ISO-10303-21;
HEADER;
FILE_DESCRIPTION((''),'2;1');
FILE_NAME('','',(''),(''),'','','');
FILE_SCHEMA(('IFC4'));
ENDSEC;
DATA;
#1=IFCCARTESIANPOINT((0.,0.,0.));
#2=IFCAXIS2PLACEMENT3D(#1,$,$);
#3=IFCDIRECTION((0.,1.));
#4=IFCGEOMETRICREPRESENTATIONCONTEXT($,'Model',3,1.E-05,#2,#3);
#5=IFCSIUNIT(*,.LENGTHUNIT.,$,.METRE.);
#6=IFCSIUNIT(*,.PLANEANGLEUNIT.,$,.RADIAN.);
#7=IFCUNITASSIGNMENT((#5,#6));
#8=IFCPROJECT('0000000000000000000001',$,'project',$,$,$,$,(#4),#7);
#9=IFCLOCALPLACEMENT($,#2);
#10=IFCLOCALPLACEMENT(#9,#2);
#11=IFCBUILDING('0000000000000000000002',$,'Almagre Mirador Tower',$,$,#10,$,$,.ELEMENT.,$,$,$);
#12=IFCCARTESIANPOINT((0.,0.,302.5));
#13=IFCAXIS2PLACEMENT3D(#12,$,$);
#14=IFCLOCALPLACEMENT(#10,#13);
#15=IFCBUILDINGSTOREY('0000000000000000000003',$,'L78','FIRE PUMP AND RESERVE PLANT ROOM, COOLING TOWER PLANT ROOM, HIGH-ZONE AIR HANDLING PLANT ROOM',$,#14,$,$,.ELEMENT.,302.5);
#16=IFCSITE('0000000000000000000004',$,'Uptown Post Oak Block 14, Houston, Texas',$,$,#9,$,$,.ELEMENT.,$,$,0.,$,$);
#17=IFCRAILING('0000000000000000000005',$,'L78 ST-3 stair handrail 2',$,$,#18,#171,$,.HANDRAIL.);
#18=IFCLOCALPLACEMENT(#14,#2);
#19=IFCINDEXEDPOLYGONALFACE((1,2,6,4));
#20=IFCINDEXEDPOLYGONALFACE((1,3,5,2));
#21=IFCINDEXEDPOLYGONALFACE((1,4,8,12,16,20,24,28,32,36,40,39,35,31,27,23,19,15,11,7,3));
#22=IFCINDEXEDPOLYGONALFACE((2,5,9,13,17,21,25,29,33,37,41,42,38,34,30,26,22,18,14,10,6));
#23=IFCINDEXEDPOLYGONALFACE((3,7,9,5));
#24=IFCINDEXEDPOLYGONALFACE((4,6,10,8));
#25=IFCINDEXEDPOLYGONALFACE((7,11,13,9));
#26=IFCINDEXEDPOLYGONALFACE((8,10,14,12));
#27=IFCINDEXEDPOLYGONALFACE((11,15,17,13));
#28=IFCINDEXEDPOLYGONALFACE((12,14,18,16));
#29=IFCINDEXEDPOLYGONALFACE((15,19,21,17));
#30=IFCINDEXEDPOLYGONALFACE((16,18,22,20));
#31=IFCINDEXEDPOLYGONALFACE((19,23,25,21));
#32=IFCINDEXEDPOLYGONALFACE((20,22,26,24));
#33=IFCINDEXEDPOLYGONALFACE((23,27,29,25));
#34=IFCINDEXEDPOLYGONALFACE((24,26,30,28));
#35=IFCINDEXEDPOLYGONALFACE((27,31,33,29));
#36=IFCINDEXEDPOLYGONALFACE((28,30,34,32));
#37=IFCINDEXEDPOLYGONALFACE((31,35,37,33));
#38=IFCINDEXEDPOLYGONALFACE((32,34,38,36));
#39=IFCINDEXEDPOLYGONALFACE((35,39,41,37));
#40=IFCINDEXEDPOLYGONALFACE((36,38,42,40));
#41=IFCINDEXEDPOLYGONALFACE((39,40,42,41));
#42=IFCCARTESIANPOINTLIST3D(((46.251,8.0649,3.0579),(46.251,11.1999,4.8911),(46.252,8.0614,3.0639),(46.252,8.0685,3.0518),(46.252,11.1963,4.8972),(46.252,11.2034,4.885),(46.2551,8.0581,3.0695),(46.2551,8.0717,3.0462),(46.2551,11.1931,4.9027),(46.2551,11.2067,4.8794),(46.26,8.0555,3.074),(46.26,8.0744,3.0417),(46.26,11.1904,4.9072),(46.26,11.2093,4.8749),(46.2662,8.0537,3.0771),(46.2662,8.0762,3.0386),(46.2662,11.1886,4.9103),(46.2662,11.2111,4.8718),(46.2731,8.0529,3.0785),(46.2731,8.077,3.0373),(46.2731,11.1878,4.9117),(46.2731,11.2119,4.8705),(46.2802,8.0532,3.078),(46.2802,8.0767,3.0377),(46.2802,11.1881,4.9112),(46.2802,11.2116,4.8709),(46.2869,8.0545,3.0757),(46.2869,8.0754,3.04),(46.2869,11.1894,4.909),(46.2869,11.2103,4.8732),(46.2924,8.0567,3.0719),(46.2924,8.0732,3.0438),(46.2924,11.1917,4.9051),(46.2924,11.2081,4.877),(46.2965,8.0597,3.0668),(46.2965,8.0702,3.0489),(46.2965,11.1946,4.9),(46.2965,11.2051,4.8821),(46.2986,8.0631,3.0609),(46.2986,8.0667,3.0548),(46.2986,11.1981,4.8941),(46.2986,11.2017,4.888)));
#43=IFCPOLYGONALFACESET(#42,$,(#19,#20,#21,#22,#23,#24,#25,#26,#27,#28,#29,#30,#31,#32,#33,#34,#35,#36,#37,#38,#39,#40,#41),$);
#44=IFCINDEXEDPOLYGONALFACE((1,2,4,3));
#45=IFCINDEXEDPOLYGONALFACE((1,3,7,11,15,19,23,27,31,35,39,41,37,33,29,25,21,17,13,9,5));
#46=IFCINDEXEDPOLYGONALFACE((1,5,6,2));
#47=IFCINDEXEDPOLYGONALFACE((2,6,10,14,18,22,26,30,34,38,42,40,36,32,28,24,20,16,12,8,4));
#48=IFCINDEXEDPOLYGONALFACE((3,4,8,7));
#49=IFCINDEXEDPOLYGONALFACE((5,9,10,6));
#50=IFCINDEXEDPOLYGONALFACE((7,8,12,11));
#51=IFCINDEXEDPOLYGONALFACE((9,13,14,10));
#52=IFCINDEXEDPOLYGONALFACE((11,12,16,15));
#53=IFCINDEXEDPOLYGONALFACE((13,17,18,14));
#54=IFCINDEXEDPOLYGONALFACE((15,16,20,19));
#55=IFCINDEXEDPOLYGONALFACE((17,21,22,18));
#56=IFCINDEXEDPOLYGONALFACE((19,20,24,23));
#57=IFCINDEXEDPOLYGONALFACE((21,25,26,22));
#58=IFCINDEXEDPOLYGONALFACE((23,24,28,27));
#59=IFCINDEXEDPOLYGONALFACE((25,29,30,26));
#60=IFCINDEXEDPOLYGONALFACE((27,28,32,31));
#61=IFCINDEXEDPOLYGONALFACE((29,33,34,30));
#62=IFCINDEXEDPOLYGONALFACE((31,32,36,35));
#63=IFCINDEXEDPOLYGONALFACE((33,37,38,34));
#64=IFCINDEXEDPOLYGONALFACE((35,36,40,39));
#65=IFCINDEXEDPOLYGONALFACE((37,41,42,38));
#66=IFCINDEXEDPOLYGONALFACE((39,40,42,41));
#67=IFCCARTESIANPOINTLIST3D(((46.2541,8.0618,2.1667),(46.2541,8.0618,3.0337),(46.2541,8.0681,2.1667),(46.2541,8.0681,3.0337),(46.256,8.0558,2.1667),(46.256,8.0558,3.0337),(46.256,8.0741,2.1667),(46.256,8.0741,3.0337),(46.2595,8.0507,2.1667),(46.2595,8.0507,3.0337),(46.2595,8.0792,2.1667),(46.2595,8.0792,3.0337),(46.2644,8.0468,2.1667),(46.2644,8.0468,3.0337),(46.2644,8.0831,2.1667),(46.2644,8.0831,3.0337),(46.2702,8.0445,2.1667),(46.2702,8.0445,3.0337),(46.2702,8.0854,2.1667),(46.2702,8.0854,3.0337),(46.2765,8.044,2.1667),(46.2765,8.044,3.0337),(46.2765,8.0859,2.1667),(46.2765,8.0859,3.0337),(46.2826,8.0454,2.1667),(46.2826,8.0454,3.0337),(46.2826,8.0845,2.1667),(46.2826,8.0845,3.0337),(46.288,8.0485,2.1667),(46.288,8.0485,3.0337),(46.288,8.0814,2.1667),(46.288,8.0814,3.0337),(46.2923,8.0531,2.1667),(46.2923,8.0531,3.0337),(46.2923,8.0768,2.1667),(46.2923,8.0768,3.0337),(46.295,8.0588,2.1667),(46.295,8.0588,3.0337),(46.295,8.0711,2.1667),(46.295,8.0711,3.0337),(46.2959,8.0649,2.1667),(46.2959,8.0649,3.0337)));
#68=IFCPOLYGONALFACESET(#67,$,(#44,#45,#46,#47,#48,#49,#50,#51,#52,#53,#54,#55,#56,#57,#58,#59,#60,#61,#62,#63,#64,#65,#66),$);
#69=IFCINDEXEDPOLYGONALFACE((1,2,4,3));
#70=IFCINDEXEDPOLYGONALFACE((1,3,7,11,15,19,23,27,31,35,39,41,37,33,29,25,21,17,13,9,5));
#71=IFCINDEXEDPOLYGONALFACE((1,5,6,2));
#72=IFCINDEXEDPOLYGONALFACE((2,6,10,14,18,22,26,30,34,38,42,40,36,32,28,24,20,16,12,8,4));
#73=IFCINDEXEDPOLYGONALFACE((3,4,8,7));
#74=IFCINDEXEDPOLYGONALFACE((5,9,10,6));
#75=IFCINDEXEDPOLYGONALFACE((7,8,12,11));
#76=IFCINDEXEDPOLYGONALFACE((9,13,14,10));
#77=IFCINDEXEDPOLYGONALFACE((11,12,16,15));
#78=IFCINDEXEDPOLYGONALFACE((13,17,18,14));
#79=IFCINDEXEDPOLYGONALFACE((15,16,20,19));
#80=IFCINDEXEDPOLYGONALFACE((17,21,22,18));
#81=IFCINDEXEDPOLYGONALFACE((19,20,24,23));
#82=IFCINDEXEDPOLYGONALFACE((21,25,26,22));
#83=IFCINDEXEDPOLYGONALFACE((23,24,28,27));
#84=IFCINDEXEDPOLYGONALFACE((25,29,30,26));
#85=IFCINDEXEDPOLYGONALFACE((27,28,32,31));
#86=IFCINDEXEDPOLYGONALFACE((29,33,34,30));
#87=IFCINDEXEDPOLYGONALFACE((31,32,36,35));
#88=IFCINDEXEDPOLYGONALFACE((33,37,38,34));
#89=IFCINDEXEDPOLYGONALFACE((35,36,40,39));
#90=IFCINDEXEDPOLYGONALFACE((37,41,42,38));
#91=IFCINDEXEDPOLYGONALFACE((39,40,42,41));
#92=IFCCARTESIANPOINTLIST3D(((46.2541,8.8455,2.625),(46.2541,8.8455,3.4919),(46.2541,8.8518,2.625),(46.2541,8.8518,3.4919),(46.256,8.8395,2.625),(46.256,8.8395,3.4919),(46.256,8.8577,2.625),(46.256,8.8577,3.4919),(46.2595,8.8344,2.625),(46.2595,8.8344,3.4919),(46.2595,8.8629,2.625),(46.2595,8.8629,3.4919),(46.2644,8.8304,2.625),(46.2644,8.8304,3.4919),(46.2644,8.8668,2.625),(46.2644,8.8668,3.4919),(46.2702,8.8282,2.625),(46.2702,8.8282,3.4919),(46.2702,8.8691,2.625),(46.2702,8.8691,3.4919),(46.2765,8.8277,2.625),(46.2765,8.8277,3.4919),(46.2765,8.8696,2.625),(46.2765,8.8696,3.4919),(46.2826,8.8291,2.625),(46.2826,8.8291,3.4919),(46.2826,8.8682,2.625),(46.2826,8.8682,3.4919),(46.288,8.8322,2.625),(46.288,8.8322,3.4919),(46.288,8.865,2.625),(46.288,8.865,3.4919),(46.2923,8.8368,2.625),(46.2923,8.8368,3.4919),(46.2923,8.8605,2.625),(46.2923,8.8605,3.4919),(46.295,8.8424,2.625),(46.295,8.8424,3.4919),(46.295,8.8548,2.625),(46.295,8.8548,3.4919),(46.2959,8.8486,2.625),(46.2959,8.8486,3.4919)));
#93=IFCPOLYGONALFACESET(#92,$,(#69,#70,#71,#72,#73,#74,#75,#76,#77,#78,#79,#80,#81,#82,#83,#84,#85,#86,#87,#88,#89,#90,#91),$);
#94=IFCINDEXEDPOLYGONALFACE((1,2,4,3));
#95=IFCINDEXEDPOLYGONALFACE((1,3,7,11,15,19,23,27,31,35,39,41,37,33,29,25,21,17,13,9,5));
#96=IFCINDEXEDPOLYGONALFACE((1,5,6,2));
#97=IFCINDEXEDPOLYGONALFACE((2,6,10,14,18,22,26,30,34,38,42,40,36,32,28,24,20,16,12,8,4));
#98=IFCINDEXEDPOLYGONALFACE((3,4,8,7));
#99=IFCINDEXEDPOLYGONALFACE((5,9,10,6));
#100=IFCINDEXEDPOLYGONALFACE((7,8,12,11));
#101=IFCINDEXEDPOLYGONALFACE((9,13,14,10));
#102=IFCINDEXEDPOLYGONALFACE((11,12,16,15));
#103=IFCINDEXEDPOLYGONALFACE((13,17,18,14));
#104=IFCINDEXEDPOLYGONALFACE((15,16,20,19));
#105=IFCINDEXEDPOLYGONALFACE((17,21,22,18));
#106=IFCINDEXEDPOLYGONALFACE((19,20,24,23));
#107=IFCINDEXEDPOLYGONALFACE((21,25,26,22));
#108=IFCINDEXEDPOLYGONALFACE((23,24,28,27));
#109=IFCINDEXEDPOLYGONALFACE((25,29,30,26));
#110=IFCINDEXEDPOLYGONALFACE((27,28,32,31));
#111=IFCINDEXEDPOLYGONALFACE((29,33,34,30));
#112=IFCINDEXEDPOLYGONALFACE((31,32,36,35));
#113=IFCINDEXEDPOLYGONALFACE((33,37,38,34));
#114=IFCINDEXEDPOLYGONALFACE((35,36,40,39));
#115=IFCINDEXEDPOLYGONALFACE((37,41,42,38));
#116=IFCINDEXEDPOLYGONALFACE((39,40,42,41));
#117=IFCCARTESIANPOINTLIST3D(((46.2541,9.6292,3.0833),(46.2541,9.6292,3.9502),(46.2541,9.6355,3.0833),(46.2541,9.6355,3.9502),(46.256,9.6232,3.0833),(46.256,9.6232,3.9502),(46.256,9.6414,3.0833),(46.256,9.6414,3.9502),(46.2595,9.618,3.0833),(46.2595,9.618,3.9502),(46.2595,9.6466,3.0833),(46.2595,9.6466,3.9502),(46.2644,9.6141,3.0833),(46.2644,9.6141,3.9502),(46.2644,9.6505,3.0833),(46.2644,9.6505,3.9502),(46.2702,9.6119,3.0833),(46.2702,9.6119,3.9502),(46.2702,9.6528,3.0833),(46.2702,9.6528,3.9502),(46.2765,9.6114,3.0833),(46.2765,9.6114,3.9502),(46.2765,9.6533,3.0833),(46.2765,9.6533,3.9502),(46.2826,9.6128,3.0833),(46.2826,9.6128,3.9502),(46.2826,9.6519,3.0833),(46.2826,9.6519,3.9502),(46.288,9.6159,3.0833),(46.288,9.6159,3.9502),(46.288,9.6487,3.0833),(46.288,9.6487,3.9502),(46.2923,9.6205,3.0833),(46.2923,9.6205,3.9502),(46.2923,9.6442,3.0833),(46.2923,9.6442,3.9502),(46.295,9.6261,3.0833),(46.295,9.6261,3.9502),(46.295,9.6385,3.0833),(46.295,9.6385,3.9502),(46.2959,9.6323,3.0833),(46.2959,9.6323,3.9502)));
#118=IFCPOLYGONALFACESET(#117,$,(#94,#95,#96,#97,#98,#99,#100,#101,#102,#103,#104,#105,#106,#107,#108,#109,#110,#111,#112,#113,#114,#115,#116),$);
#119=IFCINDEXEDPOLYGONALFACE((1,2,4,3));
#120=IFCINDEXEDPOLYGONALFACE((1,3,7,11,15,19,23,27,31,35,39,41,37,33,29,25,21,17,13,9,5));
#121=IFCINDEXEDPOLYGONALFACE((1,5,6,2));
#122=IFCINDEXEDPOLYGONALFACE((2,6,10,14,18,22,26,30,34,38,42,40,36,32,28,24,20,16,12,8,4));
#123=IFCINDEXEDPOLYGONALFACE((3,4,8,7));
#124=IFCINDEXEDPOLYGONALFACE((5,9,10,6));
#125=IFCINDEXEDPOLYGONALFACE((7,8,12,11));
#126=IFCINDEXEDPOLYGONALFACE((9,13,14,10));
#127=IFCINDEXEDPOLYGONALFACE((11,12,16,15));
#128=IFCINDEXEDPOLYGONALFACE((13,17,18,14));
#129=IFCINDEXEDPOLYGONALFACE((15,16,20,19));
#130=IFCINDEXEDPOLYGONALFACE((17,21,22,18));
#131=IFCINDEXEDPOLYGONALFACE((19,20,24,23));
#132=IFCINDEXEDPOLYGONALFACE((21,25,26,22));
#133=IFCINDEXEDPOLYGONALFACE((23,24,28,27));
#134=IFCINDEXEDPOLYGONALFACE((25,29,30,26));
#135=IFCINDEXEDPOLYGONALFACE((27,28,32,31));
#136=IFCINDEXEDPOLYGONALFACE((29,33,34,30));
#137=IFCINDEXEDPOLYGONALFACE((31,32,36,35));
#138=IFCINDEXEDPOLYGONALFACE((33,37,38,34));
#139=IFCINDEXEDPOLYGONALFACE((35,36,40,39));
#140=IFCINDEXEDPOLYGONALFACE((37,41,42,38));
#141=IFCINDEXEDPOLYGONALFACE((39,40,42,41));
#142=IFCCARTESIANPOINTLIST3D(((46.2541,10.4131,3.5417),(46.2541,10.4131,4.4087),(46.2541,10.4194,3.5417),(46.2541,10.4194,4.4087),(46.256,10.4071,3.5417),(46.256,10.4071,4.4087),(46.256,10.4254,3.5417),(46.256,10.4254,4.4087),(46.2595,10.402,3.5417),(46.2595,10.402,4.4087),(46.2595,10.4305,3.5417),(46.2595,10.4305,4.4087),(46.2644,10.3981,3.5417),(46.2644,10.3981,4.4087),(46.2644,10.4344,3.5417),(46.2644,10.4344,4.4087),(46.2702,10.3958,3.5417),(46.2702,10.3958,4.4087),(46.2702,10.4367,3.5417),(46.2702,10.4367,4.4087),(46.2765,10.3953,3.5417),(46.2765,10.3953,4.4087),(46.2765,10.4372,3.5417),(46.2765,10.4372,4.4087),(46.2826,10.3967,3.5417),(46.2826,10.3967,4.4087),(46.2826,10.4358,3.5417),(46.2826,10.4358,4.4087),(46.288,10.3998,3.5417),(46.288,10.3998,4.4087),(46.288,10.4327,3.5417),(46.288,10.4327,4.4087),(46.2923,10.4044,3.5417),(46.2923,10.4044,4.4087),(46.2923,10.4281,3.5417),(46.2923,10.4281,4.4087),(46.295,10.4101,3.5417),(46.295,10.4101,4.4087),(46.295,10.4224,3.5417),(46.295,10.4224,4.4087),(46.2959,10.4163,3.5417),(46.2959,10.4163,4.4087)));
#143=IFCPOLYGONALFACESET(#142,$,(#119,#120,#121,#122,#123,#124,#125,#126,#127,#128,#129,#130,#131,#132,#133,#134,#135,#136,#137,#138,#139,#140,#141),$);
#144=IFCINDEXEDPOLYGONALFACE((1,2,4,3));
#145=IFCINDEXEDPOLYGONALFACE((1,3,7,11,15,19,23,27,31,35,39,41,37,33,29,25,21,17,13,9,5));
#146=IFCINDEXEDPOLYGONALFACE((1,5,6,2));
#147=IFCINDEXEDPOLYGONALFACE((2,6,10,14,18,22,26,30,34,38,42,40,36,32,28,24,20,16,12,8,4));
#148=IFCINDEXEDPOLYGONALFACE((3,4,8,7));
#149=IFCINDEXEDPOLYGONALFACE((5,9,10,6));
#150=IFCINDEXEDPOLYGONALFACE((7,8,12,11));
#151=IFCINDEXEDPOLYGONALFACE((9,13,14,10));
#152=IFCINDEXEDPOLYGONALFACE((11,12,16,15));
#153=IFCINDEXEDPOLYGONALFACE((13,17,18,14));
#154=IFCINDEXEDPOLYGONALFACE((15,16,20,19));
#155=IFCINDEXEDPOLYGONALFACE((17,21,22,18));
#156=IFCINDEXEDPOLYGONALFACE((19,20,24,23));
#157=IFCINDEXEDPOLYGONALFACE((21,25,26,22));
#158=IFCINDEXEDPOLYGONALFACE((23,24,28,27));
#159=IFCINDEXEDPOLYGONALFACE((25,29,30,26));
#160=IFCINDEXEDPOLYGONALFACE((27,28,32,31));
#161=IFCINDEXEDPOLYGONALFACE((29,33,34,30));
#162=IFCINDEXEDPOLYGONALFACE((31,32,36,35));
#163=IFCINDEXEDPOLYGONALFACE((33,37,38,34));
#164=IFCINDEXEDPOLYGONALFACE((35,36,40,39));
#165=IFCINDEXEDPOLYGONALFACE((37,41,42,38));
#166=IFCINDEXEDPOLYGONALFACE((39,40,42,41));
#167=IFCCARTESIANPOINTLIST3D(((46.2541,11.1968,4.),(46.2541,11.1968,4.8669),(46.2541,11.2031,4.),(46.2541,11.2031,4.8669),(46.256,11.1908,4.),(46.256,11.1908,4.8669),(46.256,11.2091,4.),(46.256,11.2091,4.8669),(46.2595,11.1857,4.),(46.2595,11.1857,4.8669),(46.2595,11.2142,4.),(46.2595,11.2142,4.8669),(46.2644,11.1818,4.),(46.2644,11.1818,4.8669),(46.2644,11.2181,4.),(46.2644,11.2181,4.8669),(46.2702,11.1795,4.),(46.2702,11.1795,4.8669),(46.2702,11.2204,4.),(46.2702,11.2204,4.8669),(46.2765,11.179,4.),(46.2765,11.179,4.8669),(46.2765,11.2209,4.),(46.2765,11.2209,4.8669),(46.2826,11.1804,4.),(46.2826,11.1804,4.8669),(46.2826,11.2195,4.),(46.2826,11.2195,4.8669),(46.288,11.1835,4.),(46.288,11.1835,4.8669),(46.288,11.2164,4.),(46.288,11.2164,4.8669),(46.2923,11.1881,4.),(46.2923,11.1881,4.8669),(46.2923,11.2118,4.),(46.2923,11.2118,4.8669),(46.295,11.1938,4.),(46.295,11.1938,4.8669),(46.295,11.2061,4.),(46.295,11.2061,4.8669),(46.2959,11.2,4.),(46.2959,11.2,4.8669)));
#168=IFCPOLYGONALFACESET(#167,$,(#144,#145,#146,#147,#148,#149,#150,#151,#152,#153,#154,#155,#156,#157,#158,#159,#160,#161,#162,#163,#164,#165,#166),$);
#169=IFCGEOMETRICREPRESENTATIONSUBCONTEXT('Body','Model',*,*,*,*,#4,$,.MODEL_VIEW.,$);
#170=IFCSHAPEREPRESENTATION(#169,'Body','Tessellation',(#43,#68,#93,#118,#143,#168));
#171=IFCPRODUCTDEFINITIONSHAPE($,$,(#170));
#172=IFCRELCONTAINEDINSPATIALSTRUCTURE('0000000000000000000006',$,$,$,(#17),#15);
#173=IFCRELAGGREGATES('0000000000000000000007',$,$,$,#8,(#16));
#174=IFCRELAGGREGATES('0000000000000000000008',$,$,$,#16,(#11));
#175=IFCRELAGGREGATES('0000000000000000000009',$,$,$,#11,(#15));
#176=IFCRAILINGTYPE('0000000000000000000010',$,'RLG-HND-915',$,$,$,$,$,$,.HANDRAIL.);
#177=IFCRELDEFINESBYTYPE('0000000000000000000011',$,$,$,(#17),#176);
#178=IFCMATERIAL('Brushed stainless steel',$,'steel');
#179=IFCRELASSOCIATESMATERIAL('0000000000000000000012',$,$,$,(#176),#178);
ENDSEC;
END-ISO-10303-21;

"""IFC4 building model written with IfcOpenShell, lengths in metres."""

from ifc_helpers import new_model, si_unit, direction, frame, origin, origin_2d, place, context, subcontext, project, spatial, circle, extrude, material, type_object, element, save


model = new_model("IFC4")

# Units and contexts
model_context = context("Model", 3, precision=1e-05, world=origin(), true_north=direction((0.0, 1.0)))
body_context = subcontext(model_context, "Body", "Model", "MODEL_VIEW")
ifc_project = project(units=[si_unit("LENGTHUNIT", "METRE"), si_unit("PLANEANGLEUNIT", "RADIAN")], contexts=[model_context])

# Site, building, storey
site_placement = place(None, origin())
site = spatial("IfcSite", under=ifc_project, at=site_placement, Name="Uptown Post Oak Block 14, Houston, Texas", CompositionType="ELEMENT", RefElevation=0.0)
building_placement = place(site_placement, origin())
building = spatial("IfcBuilding", under=site, at=building_placement, Name="Almagre Mirador Tower", CompositionType="ELEMENT")
storey_placement = place(building_placement, frame((0.0, 0.0, 302.5)))
storey = spatial("IfcBuildingStorey", under=building, at=storey_placement, Name="L78", Description="FIRE PUMP AND RESERVE PLANT ROOM, COOLING TOWER PLANT ROOM, HIGH-ZONE AIR HANDLING PLANT ROOM", CompositionType="ELEMENT", Elevation=302.5)

# Railing
ifc_material_1 = material(Name="Brushed stainless steel", Category="steel")
railing_type_1 = type_object("IfcRailingType", Name="RLG-HND-915", PredefinedType="HANDRAIL", material=ifc_material_1)
railing_1_placement = place(storey_placement, frame((46.2749, 8.0649, 2.1667)))
element("IfcRailing", 1, at=railing_1_placement, inside=storey, type_object=railing_type_1, Name="L78 ST-3 stair handrail 2", PredefinedType="HANDRAIL", context=body_context, shape_type="SweptSolid", body=[
    extrude(circle(Radius=0.0239, at=origin_2d()), frame((0.0, 0.0, 0.8911), z_axis=(0.0, 0.86324, 0.504794), x_axis=(-1.0, 0.0, 0.0)), (0.0, 0.0, 1.0), 3.6316),
    extrude(circle(Radius=0.021, at=origin_2d()), origin(), (0.0, 0.0, 1.0), 0.8669),
    extrude(circle(Radius=0.021, at=origin_2d()), frame((0.0, 0.7837, 0.4583)), (0.0, 0.0, 1.0), 0.8669),
    extrude(circle(Radius=0.021, at=origin_2d()), frame((0.0, 1.5674, 0.9165)), (0.0, 0.0, 1.0), 0.8669),
    extrude(circle(Radius=0.021, at=origin_2d()), frame((0.0, 2.3513, 1.375)), (0.0, 0.0, 1.0), 0.8669),
    extrude(circle(Radius=0.021, at=origin_2d()), frame((0.0, 3.135, 1.8333)), (0.0, 0.0, 1.0), 0.8669),
])

save(model, "model.ifc")
